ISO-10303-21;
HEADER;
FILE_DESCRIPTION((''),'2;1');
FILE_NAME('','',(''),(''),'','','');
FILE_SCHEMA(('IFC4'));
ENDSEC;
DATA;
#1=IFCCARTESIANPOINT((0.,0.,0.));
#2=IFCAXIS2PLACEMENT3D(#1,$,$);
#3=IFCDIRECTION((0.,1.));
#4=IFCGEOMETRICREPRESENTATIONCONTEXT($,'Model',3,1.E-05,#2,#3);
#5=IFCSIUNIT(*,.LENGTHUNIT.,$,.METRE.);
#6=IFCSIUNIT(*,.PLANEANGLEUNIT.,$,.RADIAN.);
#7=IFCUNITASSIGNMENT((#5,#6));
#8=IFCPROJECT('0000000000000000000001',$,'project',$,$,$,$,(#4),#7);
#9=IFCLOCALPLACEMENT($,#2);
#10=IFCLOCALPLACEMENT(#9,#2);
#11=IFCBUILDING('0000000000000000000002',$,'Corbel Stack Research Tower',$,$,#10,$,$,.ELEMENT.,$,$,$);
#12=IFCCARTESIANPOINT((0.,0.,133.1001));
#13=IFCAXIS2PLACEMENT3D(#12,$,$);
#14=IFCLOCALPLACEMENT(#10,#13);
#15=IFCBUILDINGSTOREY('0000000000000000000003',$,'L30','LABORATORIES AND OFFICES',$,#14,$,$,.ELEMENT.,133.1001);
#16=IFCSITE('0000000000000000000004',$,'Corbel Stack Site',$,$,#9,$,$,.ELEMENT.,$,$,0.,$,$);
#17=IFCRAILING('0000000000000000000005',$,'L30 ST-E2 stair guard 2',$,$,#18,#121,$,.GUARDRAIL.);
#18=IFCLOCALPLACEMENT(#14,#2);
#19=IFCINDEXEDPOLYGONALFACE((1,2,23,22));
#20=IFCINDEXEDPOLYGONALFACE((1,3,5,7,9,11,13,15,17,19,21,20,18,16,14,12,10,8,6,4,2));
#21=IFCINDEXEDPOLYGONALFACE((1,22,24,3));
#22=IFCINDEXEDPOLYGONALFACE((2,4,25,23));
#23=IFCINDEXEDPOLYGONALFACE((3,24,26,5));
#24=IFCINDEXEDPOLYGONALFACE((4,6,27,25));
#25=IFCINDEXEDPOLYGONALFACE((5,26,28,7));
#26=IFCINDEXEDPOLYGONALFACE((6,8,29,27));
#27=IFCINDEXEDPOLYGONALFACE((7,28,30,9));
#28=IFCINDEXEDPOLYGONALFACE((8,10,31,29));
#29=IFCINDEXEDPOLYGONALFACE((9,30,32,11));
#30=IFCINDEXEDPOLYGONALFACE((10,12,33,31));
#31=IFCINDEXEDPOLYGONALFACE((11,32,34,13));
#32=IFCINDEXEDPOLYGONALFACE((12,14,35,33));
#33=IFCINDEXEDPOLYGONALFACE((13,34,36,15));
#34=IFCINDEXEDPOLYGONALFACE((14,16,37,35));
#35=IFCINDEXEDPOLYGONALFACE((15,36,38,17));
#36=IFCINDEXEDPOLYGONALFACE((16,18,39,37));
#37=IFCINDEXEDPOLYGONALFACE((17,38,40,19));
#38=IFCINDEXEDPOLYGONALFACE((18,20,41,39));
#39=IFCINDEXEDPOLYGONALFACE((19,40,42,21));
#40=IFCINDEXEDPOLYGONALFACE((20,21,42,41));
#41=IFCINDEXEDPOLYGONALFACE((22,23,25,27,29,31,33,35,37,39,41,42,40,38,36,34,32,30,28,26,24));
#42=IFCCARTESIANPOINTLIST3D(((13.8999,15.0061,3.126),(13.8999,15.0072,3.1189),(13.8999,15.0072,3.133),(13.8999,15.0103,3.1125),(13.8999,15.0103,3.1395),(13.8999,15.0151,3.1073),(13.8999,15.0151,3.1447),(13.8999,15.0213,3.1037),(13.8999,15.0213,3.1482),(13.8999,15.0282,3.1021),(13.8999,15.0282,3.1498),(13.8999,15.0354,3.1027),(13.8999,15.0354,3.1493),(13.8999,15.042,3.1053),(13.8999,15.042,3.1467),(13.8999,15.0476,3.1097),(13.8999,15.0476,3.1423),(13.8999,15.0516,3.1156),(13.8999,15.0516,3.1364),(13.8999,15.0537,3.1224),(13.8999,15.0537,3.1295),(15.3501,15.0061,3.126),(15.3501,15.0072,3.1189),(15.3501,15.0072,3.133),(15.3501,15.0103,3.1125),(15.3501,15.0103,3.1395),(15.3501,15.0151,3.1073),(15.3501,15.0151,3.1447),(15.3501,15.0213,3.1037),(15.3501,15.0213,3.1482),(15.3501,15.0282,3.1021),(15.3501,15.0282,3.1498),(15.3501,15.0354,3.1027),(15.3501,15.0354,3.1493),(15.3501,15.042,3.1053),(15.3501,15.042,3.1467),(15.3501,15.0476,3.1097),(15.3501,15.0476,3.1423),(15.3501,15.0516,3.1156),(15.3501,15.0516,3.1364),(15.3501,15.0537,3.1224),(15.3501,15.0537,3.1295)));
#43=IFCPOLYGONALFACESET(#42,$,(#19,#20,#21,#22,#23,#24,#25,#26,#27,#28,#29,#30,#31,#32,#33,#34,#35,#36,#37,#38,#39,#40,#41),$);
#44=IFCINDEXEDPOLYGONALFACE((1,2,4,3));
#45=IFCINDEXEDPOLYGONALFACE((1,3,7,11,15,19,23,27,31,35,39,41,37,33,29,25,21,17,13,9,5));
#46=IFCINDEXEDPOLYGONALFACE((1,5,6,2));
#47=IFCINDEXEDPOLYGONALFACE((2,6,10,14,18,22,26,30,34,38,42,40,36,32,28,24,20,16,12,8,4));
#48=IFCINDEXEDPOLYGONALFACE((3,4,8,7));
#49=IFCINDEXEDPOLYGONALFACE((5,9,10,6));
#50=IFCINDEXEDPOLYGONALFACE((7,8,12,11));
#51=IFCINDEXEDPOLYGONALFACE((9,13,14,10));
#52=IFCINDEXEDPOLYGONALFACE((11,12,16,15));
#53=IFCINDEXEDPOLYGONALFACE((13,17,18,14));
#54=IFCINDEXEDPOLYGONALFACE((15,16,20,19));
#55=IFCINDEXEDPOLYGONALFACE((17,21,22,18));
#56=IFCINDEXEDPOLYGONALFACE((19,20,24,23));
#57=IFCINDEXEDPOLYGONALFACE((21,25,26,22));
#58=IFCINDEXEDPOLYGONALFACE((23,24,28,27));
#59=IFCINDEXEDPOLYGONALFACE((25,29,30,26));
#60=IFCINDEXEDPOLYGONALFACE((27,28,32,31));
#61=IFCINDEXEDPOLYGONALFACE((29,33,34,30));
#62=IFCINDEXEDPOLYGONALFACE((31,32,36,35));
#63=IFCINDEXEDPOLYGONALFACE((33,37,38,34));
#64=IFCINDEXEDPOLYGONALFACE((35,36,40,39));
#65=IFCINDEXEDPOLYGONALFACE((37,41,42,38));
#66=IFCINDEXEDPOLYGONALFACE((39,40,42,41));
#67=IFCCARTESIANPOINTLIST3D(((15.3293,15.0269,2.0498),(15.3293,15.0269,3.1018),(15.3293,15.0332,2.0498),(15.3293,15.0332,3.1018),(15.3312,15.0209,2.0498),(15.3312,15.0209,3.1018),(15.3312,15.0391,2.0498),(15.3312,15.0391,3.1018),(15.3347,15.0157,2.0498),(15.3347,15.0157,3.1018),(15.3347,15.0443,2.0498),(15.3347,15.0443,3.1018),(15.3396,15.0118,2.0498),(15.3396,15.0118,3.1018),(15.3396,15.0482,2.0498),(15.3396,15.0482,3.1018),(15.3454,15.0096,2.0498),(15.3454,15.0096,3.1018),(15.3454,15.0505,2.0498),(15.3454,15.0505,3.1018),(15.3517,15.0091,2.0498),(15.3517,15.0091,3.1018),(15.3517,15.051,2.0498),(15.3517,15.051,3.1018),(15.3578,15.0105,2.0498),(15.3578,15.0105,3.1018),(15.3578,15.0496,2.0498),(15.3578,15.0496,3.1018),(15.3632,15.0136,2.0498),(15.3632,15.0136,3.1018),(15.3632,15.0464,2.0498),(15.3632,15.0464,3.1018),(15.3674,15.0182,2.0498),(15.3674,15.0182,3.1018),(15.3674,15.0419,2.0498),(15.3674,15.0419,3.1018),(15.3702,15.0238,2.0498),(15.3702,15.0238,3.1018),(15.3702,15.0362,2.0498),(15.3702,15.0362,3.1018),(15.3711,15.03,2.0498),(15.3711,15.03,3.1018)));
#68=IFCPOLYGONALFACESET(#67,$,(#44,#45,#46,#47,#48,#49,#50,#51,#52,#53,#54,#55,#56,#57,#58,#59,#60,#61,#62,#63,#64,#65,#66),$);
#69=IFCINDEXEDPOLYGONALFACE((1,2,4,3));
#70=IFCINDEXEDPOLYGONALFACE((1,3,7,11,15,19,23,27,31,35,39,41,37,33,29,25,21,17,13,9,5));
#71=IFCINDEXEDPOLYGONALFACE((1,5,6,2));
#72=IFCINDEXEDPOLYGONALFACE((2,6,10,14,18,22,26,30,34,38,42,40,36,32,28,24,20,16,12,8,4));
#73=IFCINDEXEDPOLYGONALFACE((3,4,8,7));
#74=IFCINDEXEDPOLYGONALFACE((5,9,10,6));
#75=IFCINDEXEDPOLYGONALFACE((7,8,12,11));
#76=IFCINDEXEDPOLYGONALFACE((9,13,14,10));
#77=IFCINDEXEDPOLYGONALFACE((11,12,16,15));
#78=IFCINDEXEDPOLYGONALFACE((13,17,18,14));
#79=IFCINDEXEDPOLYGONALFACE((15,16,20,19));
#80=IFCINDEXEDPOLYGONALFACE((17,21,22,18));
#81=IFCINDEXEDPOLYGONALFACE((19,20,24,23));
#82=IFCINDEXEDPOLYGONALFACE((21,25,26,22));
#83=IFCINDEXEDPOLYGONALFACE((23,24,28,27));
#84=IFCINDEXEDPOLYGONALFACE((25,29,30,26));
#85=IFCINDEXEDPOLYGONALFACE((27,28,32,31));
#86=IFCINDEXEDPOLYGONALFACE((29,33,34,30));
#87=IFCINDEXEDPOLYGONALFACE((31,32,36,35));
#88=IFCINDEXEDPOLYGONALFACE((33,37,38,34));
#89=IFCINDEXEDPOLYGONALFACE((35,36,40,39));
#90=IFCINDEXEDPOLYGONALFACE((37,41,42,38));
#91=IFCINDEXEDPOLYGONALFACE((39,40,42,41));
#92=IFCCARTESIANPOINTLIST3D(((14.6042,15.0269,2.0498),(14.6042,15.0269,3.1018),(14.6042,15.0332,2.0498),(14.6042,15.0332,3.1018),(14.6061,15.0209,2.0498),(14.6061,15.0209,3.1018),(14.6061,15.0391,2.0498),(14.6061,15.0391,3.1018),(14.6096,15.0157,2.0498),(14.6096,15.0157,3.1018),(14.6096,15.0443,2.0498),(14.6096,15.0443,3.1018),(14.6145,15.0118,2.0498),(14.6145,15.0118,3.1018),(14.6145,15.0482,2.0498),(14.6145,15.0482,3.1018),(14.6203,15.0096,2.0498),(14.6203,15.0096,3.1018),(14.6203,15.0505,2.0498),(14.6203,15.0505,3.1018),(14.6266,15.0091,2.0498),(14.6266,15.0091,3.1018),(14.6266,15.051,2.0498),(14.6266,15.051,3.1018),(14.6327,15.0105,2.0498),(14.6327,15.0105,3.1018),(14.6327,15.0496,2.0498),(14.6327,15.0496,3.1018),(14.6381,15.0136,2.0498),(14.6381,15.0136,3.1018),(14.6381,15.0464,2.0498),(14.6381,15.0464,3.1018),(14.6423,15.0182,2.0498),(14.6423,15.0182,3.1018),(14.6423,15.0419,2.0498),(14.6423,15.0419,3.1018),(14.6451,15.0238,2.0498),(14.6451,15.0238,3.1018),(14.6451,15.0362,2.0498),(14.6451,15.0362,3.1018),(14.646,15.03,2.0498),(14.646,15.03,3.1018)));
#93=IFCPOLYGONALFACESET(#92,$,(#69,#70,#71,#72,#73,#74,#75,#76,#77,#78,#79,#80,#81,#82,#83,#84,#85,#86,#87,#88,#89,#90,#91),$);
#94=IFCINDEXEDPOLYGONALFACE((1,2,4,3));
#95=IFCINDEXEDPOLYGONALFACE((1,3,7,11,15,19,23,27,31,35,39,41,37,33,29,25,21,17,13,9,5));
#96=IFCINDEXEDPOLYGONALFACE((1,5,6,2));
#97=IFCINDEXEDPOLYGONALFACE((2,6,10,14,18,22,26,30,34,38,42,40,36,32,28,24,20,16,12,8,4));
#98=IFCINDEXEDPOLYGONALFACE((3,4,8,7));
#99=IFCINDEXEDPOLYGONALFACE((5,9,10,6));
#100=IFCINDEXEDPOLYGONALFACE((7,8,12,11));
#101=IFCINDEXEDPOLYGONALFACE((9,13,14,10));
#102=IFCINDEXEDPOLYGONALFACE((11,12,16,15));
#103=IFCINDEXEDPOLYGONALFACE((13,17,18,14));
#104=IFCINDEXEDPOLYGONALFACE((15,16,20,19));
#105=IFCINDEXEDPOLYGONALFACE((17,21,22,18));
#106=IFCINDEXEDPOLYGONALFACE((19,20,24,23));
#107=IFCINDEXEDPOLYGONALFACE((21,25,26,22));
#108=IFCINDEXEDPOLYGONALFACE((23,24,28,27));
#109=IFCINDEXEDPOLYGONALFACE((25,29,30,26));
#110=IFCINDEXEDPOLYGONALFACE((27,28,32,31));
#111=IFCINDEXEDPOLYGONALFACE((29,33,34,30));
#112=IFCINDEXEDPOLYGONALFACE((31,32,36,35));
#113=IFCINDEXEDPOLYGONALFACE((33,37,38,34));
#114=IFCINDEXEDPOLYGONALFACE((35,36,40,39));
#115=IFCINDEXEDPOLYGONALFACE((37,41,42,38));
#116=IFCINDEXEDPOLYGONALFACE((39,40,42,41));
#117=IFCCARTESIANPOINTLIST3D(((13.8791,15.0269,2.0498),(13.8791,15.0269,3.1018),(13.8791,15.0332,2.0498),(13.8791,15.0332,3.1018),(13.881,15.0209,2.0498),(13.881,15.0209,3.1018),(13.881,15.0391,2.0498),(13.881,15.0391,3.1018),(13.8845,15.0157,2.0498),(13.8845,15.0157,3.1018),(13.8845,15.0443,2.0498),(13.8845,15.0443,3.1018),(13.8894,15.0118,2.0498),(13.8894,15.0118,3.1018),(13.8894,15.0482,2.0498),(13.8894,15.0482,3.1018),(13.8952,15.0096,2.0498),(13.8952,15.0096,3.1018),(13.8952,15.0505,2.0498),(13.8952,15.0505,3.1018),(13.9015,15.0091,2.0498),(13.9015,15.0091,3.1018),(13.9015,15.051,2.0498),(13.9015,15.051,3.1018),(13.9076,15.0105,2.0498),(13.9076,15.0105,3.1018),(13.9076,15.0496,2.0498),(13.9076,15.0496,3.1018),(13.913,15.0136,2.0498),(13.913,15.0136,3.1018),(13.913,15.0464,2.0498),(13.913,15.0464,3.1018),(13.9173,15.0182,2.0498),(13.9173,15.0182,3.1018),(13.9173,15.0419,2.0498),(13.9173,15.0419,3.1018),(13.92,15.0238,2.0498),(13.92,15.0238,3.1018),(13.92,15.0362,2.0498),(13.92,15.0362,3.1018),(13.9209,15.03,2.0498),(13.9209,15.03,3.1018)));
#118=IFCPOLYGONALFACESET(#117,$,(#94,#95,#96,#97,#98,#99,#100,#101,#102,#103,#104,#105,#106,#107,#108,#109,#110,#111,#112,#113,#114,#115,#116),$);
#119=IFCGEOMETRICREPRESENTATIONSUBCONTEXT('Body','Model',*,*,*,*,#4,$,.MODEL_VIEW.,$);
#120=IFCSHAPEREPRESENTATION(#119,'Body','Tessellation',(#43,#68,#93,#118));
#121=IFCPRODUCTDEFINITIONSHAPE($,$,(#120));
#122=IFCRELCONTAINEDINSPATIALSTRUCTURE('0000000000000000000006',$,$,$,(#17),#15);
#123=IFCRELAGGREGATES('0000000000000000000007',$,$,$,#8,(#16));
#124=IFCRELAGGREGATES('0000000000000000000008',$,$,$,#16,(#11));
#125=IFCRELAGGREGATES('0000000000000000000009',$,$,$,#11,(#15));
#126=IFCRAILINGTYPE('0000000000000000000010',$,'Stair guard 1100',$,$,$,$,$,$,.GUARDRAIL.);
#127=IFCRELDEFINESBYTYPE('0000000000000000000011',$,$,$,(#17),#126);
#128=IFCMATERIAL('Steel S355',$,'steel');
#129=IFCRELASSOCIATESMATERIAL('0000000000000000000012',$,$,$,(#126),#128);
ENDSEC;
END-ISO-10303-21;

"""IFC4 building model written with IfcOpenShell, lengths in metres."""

from ifc_helpers import new_model, si_unit, direction, frame, origin, origin_2d, place, context, subcontext, project, spatial, circle, extrude, material, type_object, element, save


model = new_model("IFC4")

# Units and contexts
model_context = context("Model", 3, precision=1e-05, world=origin(), true_north=direction((0.0, 1.0)))
body_context = subcontext(model_context, "Body", "Model", "MODEL_VIEW")
ifc_project = project(units=[si_unit("LENGTHUNIT", "METRE"), si_unit("PLANEANGLEUNIT", "RADIAN")], contexts=[model_context])

# Site, building, storey
site_placement = place(None, origin())
site = spatial("IfcSite", under=ifc_project, at=site_placement, Name="Corbel Stack Site", CompositionType="ELEMENT", RefElevation=0.0)
building_placement = place(site_placement, origin())
building = spatial("IfcBuilding", under=site, at=building_placement, Name="Corbel Stack Research Tower", CompositionType="ELEMENT")
storey_placement = place(building_placement, frame((0.0, 0.0, 133.1001)))
storey = spatial("IfcBuildingStorey", under=building, at=storey_placement, Name="L30", Description="LABORATORIES AND OFFICES", CompositionType="ELEMENT", Elevation=133.1001)

# Railing
ifc_material_1 = material(Name="Steel S355", Category="steel")
railing_type_1 = type_object("IfcRailingType", Name="Stair guard 1100", PredefinedType="GUARDRAIL", material=ifc_material_1)
railing_1_placement = place(storey_placement, frame((15.3501, 15.03, 2.0498)))
element("IfcRailing", 1, at=railing_1_placement, inside=storey, type_object=railing_type_1, Name="L30 ST-E2 stair guard 2", PredefinedType="GUARDRAIL", context=body_context, shape_type="SweptSolid", body=[
    extrude(circle(Radius=0.0239, at=origin_2d()), frame((0.0, 0.0, 1.0762), z_axis=(-1.0, 0.0, 0.0), x_axis=(0.0, -1.0, 0.0)), (0.0, 0.0, 1.0), 1.4502),
    extrude(circle(Radius=0.021, at=origin_2d()), origin(), (0.0, 0.0, 1.0), 1.052),
    extrude(circle(Radius=0.021, at=origin_2d()), frame((-0.7251, 0.0, 0.0)), (0.0, 0.0, 1.0), 1.052),
    extrude(circle(Radius=0.021, at=origin_2d()), frame((-1.4502, 0.0, 0.0)), (0.0, 0.0, 1.0), 1.052),
])

save(model, "model.ifc")
